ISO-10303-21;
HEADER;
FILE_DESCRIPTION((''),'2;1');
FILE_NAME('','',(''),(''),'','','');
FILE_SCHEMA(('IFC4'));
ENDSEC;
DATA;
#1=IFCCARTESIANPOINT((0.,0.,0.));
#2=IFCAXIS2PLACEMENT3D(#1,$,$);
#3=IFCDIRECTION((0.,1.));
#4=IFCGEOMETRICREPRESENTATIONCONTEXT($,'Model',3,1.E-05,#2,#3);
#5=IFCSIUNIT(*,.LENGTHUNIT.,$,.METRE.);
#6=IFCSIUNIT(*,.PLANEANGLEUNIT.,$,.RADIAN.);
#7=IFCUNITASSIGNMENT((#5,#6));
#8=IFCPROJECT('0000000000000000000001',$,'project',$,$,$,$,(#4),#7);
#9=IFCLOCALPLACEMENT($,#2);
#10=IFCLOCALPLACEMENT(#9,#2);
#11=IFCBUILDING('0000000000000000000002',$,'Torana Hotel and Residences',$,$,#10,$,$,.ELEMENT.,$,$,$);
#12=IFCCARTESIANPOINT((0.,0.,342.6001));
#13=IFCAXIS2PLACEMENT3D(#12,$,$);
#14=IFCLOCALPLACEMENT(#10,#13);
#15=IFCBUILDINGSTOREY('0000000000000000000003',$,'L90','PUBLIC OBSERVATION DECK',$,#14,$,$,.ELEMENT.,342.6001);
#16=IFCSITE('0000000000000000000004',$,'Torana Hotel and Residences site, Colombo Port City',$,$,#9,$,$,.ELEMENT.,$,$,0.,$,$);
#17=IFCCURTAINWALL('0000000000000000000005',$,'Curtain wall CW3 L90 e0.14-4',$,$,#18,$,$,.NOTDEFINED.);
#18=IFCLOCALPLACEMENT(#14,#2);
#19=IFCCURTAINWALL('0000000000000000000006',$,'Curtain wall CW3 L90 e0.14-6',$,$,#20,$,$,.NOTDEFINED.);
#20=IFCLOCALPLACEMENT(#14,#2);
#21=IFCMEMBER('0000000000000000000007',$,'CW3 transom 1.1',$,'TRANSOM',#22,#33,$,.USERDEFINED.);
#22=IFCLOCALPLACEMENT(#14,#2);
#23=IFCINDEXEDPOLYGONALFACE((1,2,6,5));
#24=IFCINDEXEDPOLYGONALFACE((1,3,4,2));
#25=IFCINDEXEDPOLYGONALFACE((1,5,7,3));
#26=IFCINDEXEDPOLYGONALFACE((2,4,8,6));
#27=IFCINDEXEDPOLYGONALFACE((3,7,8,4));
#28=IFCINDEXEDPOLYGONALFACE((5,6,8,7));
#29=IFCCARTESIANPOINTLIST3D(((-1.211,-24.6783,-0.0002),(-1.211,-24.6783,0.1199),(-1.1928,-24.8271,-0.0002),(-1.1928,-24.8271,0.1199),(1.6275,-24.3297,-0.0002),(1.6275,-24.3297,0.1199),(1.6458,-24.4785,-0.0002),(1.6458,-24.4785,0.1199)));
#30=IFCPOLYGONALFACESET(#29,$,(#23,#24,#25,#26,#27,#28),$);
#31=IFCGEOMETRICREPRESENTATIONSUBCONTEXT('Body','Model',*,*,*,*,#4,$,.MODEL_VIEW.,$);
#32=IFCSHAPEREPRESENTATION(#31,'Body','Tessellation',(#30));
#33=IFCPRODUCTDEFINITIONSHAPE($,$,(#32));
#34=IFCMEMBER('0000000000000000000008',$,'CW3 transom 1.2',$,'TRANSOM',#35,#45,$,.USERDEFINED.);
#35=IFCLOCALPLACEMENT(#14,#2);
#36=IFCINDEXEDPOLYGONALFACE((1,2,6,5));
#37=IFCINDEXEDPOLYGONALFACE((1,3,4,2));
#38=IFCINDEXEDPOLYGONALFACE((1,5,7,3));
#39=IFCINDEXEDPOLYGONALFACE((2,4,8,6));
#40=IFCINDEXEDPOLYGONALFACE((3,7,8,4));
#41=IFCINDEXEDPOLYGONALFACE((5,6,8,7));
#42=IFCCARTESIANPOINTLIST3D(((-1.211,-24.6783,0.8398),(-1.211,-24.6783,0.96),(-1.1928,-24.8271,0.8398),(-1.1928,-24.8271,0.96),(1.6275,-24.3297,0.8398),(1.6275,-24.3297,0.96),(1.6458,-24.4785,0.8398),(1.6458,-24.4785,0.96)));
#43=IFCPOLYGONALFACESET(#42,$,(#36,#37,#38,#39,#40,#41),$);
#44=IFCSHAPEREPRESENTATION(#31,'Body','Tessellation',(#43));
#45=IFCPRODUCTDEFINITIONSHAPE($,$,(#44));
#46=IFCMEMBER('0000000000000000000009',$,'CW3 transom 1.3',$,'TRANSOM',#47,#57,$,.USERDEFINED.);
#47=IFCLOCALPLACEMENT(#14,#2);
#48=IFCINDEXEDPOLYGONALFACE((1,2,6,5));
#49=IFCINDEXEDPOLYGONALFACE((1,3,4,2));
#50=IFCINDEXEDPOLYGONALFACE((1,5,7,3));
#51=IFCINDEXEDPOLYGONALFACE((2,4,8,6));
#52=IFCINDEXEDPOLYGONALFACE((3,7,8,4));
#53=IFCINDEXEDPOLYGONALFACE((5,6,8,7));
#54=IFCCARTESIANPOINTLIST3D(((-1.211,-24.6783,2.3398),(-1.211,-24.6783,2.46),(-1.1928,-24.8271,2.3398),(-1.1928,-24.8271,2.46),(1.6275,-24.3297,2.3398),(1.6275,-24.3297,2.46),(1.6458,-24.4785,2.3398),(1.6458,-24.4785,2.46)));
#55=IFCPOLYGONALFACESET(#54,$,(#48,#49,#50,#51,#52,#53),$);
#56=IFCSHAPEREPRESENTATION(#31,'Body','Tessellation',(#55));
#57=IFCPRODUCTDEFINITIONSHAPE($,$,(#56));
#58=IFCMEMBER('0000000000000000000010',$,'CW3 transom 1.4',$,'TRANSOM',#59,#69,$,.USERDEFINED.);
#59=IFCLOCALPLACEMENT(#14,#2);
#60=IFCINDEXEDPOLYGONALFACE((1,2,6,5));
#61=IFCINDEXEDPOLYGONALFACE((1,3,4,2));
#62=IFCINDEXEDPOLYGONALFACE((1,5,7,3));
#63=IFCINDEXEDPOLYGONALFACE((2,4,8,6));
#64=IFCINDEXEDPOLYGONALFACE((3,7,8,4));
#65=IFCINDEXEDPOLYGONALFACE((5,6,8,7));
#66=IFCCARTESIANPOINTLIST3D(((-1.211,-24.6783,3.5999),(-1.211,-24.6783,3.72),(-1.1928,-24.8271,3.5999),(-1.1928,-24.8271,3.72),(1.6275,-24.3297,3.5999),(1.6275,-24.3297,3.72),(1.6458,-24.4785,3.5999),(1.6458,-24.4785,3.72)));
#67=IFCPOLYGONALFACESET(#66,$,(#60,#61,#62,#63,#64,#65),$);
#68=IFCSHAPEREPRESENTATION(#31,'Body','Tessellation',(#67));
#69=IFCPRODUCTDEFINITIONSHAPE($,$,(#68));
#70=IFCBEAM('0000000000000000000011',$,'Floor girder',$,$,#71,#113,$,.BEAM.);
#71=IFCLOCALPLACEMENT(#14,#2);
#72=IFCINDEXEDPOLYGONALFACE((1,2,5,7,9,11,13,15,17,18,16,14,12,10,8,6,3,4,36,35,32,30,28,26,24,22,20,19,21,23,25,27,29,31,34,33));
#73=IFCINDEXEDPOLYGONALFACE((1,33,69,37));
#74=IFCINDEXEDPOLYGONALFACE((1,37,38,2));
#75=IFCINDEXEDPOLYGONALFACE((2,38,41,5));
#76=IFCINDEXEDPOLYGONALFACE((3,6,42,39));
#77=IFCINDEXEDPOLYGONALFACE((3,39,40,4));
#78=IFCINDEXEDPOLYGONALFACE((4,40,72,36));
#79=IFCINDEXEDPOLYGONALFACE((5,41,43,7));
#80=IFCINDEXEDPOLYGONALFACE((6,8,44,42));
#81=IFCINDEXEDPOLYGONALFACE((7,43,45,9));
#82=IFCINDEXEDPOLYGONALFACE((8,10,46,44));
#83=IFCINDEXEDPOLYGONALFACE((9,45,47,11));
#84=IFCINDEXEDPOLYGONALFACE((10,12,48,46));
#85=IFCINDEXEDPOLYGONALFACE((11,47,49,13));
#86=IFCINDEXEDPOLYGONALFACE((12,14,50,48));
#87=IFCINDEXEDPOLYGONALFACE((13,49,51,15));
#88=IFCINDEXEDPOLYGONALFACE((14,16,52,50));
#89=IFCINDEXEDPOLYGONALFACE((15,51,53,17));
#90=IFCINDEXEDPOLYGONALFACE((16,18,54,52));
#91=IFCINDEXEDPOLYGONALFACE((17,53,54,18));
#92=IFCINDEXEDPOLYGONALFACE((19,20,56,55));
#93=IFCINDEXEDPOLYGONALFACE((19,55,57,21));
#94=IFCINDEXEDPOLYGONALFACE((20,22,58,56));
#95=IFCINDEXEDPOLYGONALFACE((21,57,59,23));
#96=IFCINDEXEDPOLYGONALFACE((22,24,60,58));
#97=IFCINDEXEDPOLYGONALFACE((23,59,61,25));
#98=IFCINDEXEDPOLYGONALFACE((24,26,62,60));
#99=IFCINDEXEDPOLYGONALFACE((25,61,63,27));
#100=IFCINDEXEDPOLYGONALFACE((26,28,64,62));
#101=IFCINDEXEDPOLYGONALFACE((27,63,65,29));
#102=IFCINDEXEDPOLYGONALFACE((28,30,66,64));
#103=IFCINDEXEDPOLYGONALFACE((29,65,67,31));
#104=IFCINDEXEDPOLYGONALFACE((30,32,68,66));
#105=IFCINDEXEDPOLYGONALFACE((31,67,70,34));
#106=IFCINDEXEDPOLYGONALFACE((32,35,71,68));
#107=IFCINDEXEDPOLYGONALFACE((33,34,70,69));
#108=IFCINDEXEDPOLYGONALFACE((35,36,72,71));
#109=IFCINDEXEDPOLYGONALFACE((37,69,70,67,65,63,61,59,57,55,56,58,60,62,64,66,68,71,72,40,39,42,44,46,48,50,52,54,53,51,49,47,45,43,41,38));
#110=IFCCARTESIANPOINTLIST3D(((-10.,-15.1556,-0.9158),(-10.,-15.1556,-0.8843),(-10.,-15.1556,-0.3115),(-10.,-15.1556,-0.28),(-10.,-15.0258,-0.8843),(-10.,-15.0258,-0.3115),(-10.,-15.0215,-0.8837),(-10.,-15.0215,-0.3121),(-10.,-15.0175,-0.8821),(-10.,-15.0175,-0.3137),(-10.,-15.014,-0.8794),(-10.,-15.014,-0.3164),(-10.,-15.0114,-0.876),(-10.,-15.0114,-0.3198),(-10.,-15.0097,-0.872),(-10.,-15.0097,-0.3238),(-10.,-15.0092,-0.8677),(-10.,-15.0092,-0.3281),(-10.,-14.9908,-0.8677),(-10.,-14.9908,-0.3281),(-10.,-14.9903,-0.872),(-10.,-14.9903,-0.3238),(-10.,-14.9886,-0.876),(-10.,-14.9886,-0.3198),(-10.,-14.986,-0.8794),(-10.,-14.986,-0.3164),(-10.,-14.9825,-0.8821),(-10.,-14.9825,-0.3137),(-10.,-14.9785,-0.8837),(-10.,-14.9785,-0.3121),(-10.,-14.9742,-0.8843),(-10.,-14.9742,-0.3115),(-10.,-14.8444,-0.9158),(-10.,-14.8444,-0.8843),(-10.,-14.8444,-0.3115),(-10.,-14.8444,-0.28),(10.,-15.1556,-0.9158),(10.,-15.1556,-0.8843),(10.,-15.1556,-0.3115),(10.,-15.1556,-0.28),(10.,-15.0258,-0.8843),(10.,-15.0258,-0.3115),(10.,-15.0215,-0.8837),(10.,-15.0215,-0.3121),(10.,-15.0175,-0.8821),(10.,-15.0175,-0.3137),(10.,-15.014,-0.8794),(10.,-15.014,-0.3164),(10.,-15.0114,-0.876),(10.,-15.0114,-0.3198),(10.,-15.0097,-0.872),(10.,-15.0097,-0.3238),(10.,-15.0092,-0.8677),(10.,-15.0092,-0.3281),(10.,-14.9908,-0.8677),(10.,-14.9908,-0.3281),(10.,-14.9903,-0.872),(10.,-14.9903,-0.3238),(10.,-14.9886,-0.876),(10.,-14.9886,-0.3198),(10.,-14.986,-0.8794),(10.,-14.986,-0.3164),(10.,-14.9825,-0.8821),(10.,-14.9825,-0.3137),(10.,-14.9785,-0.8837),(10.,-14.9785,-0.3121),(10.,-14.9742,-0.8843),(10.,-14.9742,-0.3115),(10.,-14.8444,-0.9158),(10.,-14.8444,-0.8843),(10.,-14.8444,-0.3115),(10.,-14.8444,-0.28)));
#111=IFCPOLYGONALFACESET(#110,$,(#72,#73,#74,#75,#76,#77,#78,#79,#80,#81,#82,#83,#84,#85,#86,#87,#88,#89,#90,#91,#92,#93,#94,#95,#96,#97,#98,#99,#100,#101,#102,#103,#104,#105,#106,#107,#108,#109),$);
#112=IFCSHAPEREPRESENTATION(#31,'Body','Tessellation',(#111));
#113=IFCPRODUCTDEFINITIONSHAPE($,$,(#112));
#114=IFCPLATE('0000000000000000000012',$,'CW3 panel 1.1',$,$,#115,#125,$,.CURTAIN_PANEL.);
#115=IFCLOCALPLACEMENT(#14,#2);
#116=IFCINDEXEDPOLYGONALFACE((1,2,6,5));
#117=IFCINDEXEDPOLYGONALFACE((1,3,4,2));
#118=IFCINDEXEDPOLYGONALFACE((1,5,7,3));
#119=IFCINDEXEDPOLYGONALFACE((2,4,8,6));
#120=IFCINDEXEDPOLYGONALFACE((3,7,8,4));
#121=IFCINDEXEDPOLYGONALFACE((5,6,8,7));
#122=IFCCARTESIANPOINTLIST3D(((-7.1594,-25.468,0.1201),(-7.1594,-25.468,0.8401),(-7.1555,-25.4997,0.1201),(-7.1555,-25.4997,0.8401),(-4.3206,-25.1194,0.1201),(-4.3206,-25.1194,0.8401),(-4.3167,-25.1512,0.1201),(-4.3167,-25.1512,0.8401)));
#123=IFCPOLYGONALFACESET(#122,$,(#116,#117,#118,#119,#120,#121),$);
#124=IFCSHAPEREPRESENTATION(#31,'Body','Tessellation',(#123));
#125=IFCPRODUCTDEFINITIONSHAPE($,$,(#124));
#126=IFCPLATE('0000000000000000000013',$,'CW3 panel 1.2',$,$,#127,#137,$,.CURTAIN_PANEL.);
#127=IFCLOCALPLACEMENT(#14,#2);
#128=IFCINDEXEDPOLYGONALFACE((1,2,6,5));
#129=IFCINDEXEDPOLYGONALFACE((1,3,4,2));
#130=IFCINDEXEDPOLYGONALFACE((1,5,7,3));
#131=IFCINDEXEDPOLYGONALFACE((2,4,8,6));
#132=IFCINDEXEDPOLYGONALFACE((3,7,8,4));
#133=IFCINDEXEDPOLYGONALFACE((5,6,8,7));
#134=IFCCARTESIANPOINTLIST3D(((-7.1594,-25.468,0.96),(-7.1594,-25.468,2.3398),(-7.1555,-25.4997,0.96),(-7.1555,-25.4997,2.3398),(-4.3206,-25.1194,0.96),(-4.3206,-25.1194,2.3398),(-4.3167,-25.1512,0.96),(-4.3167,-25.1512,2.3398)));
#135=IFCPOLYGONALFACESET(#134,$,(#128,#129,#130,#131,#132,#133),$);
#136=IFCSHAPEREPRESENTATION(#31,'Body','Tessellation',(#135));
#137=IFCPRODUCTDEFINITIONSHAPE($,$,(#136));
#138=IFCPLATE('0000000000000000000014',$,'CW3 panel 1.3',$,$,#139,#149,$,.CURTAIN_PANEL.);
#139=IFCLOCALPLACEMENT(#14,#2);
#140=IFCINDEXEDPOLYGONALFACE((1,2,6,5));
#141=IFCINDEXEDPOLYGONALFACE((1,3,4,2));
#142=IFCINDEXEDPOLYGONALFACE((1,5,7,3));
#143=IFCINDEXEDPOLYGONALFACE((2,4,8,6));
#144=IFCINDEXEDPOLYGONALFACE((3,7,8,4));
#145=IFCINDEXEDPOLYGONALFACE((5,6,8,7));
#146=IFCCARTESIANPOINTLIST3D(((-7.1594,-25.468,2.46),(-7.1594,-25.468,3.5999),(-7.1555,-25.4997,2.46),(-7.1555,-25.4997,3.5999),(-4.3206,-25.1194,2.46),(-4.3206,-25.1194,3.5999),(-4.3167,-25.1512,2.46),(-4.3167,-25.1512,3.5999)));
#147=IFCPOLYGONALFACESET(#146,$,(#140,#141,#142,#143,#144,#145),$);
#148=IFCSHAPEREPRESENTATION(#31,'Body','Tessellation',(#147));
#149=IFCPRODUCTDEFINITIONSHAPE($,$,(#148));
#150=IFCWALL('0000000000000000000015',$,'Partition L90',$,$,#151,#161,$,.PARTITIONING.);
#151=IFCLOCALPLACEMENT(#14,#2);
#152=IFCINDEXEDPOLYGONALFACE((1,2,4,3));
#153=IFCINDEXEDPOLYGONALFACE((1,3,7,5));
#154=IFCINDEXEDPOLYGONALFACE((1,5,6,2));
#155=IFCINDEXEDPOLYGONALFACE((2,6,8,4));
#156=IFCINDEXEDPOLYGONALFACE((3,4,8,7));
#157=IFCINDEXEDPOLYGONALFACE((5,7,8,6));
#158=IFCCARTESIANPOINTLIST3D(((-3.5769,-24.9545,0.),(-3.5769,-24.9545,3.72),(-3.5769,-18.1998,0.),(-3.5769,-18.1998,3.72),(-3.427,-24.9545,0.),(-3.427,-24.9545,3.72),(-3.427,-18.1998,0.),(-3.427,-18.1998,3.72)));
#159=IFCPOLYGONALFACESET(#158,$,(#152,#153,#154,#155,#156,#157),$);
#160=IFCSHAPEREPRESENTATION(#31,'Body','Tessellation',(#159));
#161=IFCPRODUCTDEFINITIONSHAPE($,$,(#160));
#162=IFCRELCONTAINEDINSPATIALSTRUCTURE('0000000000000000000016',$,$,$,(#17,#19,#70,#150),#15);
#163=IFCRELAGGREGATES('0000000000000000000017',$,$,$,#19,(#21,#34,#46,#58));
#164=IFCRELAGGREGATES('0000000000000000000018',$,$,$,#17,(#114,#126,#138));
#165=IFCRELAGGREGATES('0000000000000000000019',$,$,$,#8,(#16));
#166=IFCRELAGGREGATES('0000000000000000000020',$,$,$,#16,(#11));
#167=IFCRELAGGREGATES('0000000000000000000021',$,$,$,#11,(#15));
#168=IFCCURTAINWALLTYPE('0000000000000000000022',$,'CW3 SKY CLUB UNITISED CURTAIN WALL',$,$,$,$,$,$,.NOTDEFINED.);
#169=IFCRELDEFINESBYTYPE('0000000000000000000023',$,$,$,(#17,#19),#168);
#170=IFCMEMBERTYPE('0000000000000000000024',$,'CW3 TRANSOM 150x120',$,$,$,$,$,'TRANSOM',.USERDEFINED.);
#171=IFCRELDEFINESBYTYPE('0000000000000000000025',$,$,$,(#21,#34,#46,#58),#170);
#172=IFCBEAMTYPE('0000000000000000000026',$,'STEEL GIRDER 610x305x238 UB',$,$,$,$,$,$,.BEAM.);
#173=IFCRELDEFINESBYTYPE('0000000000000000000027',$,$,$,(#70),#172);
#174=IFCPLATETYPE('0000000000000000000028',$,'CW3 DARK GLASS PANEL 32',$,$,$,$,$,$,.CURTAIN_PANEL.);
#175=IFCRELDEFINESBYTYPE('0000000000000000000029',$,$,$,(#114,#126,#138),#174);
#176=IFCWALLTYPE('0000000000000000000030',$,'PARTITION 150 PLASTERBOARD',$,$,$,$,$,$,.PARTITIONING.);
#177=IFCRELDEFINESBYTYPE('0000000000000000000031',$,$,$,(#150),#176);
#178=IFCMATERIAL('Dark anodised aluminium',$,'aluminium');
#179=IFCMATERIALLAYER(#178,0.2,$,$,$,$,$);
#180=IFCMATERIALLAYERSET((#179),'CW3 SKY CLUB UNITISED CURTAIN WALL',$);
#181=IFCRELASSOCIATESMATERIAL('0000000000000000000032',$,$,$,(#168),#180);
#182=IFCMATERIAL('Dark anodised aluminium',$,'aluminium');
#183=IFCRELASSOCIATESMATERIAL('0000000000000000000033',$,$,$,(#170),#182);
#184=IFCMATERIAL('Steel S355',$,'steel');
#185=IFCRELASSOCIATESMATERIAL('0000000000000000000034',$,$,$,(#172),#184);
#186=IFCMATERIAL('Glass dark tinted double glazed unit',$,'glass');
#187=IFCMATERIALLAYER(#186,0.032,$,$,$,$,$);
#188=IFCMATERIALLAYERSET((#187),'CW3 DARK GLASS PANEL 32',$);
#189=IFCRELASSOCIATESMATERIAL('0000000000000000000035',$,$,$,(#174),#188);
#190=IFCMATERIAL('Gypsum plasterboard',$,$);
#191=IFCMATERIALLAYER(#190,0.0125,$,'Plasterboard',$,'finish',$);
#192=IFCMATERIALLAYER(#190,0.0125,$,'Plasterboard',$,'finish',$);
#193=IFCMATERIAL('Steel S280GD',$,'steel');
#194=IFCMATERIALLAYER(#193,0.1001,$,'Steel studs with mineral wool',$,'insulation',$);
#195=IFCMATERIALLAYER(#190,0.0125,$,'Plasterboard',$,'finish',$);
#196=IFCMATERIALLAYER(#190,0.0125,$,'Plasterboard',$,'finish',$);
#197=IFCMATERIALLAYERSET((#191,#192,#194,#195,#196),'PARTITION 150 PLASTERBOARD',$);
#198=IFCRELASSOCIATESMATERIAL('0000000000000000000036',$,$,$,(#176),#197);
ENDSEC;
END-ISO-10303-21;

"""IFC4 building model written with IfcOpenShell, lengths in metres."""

from ifc_helpers import new_model, si_unit, direction, frame, frame_2d, origin, origin_2d, place, context, subcontext, project, spatial, rectangle, i_section, extrude, material, layer, layer_set, material_profile, profile_set, type_object, element, aggregate, save


model = new_model("IFC4")

# Units and contexts
model_context = context("Model", 3, precision=1e-05, world=origin(), true_north=direction((0.0, 1.0)))
body_context = subcontext(model_context, "Body", "Model", "MODEL_VIEW")
ifc_project = project(units=[si_unit("LENGTHUNIT", "METRE"), si_unit("PLANEANGLEUNIT", "RADIAN")], contexts=[model_context])

# Site, building, storey
site_placement = place(None, origin())
site = spatial("IfcSite", under=ifc_project, at=site_placement, Name="Torana Hotel and Residences site, Colombo Port City", CompositionType="ELEMENT", RefElevation=0.0)
building_placement = place(site_placement, origin())
building = spatial("IfcBuilding", under=site, at=building_placement, Name="Torana Hotel and Residences", CompositionType="ELEMENT")
storey_placement = place(building_placement, frame((0.0, 0.0, 342.6001)))
storey = spatial("IfcBuildingStorey", under=building, at=storey_placement, Name="L90", Description="PUBLIC OBSERVATION DECK", CompositionType="ELEMENT", Elevation=342.6001)

# Curtain wall
ifc_material_1 = material(Name="Dark anodised aluminium", Category="aluminium")
ifc_layer_1 = layer(ifc_material_1, 0.2)
ifc_layer_set_1 = layer_set([ifc_layer_1], Name="CW3 SKY CLUB UNITISED CURTAIN WALL")
curtain_wall_type = type_object("IfcCurtainWallType", Name="CW3 SKY CLUB UNITISED CURTAIN WALL", PredefinedType="NOTDEFINED", material=ifc_layer_set_1)
curtain_wall_1_placement = place(storey_placement, origin())
curtain_wall_1 = element("IfcCurtainWall", 1, at=curtain_wall_1_placement, inside=storey, type_object=curtain_wall_type, Name="Curtain wall CW3 L90 e0.14-4", PredefinedType="NOTDEFINED")

# Curtain wall, members
curtain_wall_2_placement = place(storey_placement, origin())
curtain_wall_2 = element("IfcCurtainWall", 2, at=curtain_wall_2_placement, inside=storey, type_object=curtain_wall_type, Name="Curtain wall CW3 L90 e0.14-6", PredefinedType="NOTDEFINED")
ifc_material_2 = material(Name="Dark anodised aluminium", Category="aluminium")
ifc_material_profile_1 = material_profile(ifc_material_2, rectangle(XDim=0.1499, YDim=0.1201, at=origin_2d()), Name="CW3 TRANSOM 150x120")
ifc_profile_set_1 = profile_set([ifc_material_profile_1], Name="Dark anodised aluminium")
member_type_1 = type_object("IfcMemberType", Name="CW3 TRANSOM 150x120", ElementType="TRANSOM", PredefinedType="USERDEFINED", material=ifc_profile_set_1)
member_1_placement = place(storey_placement, frame((-1.2019, -24.7527, 0.0598), z_axis=(0.992542, 0.121902, 0.0), x_axis=(-0.121902, 0.992542, 0.0)))
member_1 = element("IfcMember", 3, at=member_1_placement, type_object=member_type_1, Name="CW3 transom 1.1", ObjectType="TRANSOM", PredefinedType="USERDEFINED", context=body_context, shape_type="SweptSolid", body=[
    extrude(rectangle(XDim=0.1499, YDim=0.1201, at=origin_2d()), origin(), (0.0, 0.0, 1.0), 2.8599),
])
member_2_placement = place(storey_placement, frame((-1.2019, -24.7527, 0.8999), z_axis=(0.992542, 0.121902, 0.0), x_axis=(-0.121902, 0.992542, 0.0)))
member_2 = element("IfcMember", 4, at=member_2_placement, type_object=member_type_1, Name="CW3 transom 1.2", ObjectType="TRANSOM", PredefinedType="USERDEFINED", context=body_context, shape_type="SweptSolid", body=[
    extrude(rectangle(XDim=0.1499, YDim=0.1201, at=origin_2d()), origin(), (0.0, 0.0, 1.0), 2.8599),
])
member_3_placement = place(storey_placement, frame((-1.2019, -24.7527, 2.3999), z_axis=(0.992542, 0.121902, 0.0), x_axis=(-0.121902, 0.992542, 0.0)))
member_3 = element("IfcMember", 5, at=member_3_placement, type_object=member_type_1, Name="CW3 transom 1.3", ObjectType="TRANSOM", PredefinedType="USERDEFINED", context=body_context, shape_type="SweptSolid", body=[
    extrude(rectangle(XDim=0.1499, YDim=0.1201, at=origin_2d()), origin(), (0.0, 0.0, 1.0), 2.8599),
])
member_4_placement = place(storey_placement, frame((-1.2019, -24.7527, 3.6599), z_axis=(0.992542, 0.121902, 0.0), x_axis=(-0.121902, 0.992542, 0.0)))
member_4 = element("IfcMember", 6, at=member_4_placement, type_object=member_type_1, Name="CW3 transom 1.4", ObjectType="TRANSOM", PredefinedType="USERDEFINED", context=body_context, shape_type="SweptSolid", body=[
    extrude(rectangle(XDim=0.1499, YDim=0.1201, at=origin_2d()), origin(), (0.0, 0.0, 1.0), 2.8599),
])
aggregate(curtain_wall_2, [member_1, member_2, member_3, member_4])

# Beam
ifc_material_3 = material(Name="Steel S355", Category="steel")
ifc_material_profile_2 = material_profile(ifc_material_3, i_section(OverallWidth=0.3113, OverallDepth=0.6357, WebThickness=0.0183, FlangeThickness=0.0315, FilletRadius=0.0166, at=origin_2d()), Name="610x305x238 UB")
ifc_profile_set_2 = profile_set([ifc_material_profile_2], Name="Steel S355")
beam_type_1 = type_object("IfcBeamType", Name="STEEL GIRDER 610x305x238 UB", PredefinedType="BEAM", material=ifc_profile_set_2)
beam_1_placement = place(storey_placement, frame((-10.0, -15.0, -0.5979), z_axis=(1.0, 0.0, 0.0), x_axis=(0.0, 1.0, 0.0)))
element("IfcBeam", 7, at=beam_1_placement, inside=storey, type_object=beam_type_1, Name="Floor girder", PredefinedType="BEAM", context=body_context, shape_type="SweptSolid", body=[
    extrude(i_section(OverallWidth=0.3113, OverallDepth=0.6357, WebThickness=0.0183, FlangeThickness=0.0315, FilletRadius=0.0166, at=origin_2d()), origin(), (0.0, 0.0, 1.0), 20.0),
])

# Plates
ifc_material_4 = material(Name="Glass dark tinted double glazed unit", Category="glass")
ifc_layer_2 = layer(ifc_material_4, 0.032)
ifc_layer_set_2 = layer_set([ifc_layer_2], Name="CW3 DARK GLASS PANEL 32")
plate_type = type_object("IfcPlateType", Name="CW3 DARK GLASS PANEL 32", PredefinedType="CURTAIN_PANEL", material=ifc_layer_set_2)
plate_1_placement = place(storey_placement, frame((-5.738, -25.3096, 0.1201), z_axis=(0.0, 0.0, 1.0), x_axis=(0.992547, 0.121864, 0.0)))
plate_1 = element("IfcPlate", 8, at=plate_1_placement, type_object=plate_type, Name="CW3 panel 1.1", PredefinedType="CURTAIN_PANEL", context=body_context, shape_type="SweptSolid", body=[
    extrude(rectangle(XDim=2.8601, YDim=0.032, at=origin_2d()), origin(), (0.0, 0.0, 1.0), 0.72),
])
plate_2_placement = place(storey_placement, frame((-5.738, -25.3096, 0.96), z_axis=(0.0, 0.0, 1.0), x_axis=(0.992547, 0.121864, 0.0)))
plate_2 = element("IfcPlate", 9, at=plate_2_placement, type_object=plate_type, Name="CW3 panel 1.2", PredefinedType="CURTAIN_PANEL", context=body_context, shape_type="SweptSolid", body=[
    extrude(rectangle(XDim=2.8601, YDim=0.032, at=origin_2d()), origin(), (0.0, 0.0, 1.0), 1.3799),
])
plate_3_placement = place(storey_placement, frame((-5.738, -25.3096, 2.46), z_axis=(0.0, 0.0, 1.0), x_axis=(0.992547, 0.121864, 0.0)))
plate_3 = element("IfcPlate", 10, at=plate_3_placement, type_object=plate_type, Name="CW3 panel 1.3", PredefinedType="CURTAIN_PANEL", context=body_context, shape_type="SweptSolid", body=[
    extrude(rectangle(XDim=2.8601, YDim=0.032, at=origin_2d()), origin(), (0.0, 0.0, 1.0), 1.1399),
])
aggregate(curtain_wall_1, [plate_1, plate_2, plate_3])

# Wall
ifc_material_5 = material(Name="Gypsum plasterboard")
ifc_layer_3 = layer(ifc_material_5, 0.0125, Name="Plasterboard", Category="finish")
ifc_layer_4 = layer(ifc_material_5, 0.0125, Name="Plasterboard", Category="finish")
ifc_material_6 = material(Name="Steel S280GD", Category="steel")
ifc_layer_5 = layer(ifc_material_6, 0.1001, Name="Steel studs with mineral wool", Category="insulation")
ifc_layer_6 = layer(ifc_material_5, 0.0125, Name="Plasterboard", Category="finish")
ifc_layer_7 = layer(ifc_material_5, 0.0125, Name="Plasterboard", Category="finish")
ifc_layer_set_3 = layer_set([ifc_layer_3, ifc_layer_4, ifc_layer_5, ifc_layer_6, ifc_layer_7], Name="PARTITION 150 PLASTERBOARD")
wall_type_1 = type_object("IfcWallType", Name="PARTITION 150 PLASTERBOARD", PredefinedType="PARTITIONING", material=ifc_layer_set_3)
wall_1_placement = place(storey_placement, frame((-3.502, -24.9546, 0.0), z_axis=(0.0, 0.0, 1.0), x_axis=(0.0, 1.0, 0.0)))
element("IfcWall", 11, at=wall_1_placement, inside=storey, type_object=wall_type_1, Name="Partition L90", PredefinedType="PARTITIONING", context=body_context, shape_type="SweptSolid", body=[
    extrude(rectangle(XDim=6.7546, YDim=0.1499, at=frame_2d((3.3774, 0.0))), origin(), (0.0, 0.0, 1.0), 3.72),
])

save(model, "model.ifc")
